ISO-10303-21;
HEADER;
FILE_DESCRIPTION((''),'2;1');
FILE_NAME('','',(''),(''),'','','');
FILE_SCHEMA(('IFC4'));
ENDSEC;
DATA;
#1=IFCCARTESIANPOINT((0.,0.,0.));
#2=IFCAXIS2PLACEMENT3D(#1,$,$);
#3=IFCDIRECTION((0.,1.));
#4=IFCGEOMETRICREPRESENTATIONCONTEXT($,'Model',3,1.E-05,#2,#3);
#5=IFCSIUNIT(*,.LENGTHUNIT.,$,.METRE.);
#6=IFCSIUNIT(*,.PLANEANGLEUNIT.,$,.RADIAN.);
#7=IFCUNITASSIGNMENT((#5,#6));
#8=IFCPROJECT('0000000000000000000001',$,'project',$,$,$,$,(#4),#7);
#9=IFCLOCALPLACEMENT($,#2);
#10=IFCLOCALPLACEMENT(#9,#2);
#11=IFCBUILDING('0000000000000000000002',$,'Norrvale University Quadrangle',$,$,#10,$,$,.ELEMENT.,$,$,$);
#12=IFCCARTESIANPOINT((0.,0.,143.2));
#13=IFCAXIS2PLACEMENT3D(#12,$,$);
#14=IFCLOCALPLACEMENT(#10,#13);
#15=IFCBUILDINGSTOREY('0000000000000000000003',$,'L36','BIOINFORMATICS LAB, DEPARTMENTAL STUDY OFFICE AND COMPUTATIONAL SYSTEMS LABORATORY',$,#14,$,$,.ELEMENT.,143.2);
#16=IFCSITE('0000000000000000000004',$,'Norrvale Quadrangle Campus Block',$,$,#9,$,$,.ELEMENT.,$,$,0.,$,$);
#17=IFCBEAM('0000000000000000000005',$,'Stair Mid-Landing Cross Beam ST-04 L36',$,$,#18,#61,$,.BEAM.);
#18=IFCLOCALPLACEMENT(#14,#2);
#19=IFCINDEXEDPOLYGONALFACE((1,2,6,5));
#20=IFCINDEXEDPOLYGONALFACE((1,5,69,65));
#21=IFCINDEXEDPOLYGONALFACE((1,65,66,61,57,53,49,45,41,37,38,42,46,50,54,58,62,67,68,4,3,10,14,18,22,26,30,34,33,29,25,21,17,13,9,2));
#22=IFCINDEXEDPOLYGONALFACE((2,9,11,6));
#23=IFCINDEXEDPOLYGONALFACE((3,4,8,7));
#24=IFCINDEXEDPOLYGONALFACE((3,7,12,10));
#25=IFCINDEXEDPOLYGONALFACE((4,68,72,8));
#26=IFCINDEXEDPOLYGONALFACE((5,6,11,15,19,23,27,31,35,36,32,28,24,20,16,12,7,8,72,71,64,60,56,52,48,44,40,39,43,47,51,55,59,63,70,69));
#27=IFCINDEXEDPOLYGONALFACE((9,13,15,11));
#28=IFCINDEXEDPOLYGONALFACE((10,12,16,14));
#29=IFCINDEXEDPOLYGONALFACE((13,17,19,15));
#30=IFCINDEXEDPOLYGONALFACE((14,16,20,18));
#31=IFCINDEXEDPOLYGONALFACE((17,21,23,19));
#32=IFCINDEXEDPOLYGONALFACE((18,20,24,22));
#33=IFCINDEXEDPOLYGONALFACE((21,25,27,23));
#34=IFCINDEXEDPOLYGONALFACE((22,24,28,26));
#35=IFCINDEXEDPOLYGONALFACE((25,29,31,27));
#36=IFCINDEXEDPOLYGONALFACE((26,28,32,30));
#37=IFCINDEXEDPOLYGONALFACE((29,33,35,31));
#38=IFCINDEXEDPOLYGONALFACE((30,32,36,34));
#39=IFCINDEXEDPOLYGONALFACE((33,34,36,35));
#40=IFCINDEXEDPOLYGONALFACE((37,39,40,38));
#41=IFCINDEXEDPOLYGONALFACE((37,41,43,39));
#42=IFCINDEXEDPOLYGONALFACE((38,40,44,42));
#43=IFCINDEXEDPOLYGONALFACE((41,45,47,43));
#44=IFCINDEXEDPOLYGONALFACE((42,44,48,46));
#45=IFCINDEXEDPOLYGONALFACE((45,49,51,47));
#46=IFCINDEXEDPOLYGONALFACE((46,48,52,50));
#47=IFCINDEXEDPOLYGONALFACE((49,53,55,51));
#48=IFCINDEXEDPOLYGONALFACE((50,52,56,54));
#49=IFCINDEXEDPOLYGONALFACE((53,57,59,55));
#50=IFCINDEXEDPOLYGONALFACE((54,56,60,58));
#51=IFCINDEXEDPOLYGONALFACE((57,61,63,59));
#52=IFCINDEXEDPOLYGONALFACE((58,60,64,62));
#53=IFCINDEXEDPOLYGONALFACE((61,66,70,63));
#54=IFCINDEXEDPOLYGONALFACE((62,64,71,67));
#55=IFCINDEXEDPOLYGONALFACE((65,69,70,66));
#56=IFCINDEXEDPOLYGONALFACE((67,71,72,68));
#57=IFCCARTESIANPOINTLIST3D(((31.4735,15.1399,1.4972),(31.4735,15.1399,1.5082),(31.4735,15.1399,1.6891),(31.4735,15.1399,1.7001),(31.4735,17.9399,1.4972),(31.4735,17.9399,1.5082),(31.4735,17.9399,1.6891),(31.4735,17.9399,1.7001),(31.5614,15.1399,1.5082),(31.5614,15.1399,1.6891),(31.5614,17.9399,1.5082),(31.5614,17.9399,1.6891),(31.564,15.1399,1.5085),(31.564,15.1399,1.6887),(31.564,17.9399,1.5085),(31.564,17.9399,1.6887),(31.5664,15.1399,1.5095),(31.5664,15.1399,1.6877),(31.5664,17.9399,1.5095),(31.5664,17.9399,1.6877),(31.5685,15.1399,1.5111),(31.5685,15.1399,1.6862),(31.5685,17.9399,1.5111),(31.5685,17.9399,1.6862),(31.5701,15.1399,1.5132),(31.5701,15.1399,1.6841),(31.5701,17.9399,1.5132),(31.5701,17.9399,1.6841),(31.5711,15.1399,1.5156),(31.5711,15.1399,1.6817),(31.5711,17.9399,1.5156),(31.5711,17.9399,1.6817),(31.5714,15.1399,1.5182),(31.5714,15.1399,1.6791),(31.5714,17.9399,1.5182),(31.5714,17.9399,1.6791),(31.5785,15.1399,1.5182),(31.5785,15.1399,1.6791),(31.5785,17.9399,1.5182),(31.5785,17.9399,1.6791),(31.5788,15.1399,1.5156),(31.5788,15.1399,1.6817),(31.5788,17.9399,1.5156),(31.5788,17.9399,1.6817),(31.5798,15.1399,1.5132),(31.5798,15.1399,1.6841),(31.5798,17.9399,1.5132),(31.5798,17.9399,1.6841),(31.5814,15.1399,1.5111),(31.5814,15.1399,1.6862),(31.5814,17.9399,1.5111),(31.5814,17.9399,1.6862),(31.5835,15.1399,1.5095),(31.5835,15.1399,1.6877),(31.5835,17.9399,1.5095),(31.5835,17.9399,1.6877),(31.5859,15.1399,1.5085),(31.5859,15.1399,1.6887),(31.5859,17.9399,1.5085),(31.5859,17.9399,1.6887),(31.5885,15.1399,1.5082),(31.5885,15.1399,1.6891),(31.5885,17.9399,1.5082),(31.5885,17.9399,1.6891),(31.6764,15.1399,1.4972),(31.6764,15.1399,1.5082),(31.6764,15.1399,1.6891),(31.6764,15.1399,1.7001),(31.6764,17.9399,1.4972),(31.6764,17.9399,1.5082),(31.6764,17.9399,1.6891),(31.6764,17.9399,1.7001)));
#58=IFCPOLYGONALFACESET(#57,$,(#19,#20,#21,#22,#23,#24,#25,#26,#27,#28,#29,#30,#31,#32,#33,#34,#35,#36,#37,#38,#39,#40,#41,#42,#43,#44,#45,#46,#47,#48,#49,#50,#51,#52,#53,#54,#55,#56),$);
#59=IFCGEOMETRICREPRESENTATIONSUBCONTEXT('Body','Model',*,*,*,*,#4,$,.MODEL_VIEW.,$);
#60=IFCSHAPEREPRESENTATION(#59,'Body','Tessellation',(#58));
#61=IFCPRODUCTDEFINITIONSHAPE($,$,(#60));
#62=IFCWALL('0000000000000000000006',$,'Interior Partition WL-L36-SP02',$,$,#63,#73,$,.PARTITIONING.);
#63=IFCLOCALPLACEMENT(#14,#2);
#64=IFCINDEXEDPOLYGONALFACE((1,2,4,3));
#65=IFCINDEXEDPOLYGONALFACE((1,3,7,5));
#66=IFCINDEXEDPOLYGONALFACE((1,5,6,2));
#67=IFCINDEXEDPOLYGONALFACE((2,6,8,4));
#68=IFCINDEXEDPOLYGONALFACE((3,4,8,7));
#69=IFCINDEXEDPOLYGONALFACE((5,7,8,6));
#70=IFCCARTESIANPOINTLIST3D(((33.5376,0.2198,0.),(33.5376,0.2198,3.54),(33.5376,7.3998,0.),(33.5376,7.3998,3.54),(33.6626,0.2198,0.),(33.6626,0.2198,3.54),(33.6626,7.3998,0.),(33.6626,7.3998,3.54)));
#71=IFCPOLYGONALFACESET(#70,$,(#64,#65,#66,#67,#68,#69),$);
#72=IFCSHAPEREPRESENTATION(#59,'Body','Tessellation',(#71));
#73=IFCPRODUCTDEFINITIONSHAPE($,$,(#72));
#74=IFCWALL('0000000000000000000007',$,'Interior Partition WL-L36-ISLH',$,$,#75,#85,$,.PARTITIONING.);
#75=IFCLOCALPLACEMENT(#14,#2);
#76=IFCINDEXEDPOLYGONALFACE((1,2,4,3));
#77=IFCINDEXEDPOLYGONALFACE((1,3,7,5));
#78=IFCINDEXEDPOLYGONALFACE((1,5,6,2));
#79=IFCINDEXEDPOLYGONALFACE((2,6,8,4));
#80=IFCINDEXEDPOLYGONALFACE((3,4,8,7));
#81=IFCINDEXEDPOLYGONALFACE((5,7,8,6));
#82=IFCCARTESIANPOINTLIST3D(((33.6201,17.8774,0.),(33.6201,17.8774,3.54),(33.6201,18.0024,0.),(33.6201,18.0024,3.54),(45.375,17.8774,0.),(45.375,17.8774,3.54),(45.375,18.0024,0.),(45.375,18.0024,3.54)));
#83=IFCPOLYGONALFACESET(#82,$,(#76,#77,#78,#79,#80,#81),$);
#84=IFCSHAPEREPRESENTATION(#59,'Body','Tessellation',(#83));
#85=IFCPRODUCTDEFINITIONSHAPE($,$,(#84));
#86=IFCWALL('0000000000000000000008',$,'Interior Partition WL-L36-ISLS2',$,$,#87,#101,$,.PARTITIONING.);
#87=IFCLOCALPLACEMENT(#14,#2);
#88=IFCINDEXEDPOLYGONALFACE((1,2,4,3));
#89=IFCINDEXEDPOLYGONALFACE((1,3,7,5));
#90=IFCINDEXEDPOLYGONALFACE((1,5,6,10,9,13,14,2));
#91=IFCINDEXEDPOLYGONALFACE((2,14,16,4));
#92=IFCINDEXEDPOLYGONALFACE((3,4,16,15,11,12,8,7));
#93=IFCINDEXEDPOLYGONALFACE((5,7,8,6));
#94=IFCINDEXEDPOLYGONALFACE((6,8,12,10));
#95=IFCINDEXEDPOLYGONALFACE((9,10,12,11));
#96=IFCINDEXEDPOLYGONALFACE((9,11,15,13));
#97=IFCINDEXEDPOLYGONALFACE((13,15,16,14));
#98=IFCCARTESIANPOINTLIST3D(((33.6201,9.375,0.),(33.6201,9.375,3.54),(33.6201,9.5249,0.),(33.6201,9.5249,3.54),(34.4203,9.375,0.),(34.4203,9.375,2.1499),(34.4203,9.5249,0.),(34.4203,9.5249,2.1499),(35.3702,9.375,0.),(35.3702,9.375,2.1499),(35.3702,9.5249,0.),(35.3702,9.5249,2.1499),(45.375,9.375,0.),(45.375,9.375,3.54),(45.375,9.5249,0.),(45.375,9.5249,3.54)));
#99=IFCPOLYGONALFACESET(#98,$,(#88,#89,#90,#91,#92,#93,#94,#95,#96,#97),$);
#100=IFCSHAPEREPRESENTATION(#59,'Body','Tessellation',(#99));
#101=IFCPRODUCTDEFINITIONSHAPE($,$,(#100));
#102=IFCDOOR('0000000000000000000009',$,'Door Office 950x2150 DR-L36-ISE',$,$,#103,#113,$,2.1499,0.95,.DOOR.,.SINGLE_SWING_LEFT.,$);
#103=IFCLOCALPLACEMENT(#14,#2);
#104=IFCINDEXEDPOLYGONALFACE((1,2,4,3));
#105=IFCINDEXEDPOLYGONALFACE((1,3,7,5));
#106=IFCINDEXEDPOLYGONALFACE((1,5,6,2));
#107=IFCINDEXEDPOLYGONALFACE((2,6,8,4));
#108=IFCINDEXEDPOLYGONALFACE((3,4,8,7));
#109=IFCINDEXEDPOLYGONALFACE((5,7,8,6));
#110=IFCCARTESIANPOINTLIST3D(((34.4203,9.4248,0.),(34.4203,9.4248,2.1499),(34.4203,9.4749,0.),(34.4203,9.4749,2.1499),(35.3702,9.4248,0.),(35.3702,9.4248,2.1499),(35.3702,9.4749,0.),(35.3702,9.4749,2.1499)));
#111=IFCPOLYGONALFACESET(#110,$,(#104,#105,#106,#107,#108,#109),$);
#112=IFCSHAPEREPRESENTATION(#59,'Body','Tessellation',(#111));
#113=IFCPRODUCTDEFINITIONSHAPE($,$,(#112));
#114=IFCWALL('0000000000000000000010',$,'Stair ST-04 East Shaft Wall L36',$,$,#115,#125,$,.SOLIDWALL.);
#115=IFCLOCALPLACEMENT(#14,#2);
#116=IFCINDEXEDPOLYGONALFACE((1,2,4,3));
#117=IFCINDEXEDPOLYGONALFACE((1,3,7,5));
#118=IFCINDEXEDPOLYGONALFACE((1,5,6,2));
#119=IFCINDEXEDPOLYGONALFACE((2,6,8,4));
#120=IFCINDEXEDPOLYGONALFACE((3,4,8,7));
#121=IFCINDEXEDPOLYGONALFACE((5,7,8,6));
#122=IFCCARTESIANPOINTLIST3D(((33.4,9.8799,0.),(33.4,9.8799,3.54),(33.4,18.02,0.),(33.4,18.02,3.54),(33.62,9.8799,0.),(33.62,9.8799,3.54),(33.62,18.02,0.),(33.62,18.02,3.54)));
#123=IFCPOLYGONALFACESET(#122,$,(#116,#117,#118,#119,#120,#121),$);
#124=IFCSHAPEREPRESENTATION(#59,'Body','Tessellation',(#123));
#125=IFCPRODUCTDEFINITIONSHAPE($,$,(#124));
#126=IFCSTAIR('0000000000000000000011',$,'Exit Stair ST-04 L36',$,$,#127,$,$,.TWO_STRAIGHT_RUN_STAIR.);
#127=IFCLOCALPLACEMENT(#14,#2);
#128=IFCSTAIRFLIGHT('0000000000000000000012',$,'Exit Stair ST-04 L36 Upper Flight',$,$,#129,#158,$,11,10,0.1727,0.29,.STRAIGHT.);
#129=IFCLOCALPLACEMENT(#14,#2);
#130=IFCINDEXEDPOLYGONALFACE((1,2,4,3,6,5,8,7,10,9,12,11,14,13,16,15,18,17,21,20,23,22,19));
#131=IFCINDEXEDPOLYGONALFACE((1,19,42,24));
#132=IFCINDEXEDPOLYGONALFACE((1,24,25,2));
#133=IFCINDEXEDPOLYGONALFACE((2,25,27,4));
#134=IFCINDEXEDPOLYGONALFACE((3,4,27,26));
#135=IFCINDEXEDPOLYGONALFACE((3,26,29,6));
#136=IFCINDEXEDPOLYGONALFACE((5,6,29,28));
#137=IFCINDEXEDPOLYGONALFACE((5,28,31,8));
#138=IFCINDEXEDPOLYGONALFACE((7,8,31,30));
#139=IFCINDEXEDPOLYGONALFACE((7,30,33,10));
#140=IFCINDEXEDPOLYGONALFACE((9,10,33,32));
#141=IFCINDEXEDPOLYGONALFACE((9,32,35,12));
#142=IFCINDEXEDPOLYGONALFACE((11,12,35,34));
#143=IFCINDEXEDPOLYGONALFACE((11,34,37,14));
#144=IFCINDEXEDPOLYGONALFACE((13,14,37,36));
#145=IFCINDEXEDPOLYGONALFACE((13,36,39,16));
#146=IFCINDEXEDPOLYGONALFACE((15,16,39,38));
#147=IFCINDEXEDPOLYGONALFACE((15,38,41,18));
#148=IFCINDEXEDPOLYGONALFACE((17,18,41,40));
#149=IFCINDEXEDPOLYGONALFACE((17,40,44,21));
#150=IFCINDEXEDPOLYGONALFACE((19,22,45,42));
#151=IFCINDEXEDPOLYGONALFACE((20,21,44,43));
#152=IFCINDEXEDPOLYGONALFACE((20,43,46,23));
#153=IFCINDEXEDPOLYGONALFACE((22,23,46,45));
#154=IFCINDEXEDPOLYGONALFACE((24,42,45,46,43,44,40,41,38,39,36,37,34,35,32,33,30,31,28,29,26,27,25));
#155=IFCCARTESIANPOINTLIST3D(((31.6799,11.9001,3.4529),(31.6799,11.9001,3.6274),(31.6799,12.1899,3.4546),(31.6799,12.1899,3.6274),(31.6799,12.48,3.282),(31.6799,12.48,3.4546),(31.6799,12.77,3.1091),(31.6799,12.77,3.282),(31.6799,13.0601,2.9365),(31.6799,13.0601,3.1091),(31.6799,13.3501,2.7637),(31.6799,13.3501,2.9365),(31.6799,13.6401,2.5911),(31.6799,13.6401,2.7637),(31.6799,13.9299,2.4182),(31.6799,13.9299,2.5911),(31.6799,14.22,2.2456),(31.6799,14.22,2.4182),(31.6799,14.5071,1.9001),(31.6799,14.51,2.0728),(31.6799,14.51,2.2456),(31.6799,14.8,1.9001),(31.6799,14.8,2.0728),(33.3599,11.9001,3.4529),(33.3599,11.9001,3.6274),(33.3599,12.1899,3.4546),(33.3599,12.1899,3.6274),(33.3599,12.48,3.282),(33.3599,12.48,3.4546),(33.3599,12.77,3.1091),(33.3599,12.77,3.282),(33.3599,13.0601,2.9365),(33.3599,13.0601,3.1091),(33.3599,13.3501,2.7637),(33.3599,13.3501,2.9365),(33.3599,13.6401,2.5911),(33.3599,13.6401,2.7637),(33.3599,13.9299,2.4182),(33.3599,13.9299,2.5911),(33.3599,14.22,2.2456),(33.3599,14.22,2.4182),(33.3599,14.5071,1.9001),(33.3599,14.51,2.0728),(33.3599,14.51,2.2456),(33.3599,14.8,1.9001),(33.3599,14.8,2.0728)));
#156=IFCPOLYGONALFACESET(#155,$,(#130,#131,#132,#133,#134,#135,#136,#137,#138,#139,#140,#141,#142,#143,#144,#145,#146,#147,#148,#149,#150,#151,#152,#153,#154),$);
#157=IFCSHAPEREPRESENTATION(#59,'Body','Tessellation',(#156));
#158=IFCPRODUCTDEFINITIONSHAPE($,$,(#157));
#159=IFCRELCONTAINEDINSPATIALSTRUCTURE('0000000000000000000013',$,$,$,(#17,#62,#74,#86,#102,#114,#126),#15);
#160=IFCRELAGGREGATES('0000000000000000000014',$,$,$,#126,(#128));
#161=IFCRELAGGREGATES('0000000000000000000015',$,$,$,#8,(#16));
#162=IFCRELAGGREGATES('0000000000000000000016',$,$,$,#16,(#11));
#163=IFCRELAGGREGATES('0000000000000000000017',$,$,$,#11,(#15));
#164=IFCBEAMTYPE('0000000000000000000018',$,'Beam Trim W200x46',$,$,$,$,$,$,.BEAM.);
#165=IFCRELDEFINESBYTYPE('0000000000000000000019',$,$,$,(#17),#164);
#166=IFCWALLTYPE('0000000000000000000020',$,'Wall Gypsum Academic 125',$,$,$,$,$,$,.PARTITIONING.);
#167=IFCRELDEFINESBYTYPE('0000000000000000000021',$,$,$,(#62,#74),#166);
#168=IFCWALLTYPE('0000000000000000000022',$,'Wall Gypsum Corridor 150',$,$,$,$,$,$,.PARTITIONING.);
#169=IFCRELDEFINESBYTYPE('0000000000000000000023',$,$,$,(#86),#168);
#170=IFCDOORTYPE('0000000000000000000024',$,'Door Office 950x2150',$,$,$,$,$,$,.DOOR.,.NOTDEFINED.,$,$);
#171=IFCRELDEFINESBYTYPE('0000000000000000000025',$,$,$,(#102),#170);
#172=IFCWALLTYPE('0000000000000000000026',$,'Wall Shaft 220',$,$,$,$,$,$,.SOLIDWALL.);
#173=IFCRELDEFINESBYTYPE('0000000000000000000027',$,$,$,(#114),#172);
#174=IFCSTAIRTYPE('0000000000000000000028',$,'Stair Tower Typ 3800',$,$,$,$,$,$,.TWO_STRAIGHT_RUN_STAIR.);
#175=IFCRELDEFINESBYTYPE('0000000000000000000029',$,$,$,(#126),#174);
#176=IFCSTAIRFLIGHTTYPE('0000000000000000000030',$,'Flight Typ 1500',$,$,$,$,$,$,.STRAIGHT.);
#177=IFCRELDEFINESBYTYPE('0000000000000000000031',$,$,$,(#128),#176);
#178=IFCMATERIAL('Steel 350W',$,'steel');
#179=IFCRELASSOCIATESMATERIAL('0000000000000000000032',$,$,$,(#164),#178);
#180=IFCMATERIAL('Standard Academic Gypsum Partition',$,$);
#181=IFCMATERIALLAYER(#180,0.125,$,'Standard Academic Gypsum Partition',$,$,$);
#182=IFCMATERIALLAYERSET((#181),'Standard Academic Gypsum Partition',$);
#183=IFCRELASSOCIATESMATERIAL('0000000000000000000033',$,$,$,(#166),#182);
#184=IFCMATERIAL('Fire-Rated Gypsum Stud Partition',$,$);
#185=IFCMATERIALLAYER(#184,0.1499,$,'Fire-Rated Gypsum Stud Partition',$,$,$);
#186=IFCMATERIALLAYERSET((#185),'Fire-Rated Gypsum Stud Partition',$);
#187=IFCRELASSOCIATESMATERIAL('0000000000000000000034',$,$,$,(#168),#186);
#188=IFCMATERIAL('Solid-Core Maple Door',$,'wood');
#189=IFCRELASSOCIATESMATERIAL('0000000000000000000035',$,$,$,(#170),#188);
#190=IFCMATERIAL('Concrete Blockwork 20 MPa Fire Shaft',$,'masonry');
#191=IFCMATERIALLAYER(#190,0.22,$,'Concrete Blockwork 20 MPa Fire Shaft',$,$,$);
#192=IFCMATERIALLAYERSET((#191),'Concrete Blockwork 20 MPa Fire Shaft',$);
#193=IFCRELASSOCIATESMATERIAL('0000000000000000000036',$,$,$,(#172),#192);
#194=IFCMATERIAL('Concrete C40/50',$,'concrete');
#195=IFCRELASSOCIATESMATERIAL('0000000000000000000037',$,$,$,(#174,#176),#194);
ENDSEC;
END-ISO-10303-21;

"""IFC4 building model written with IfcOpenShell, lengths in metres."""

from ifc_helpers import new_model, si_unit, direction, frame, frame_2d, origin, origin_2d, place, context, subcontext, project, spatial, polyline, rectangle, i_section, outline, extrude, material, layer, layer_set, material_profile, profile_set, type_object, element, fill, aggregate, save


model = new_model("IFC4")

# Units and contexts
model_context = context("Model", 3, precision=1e-05, world=origin(), true_north=direction((0.0, 1.0)))
body_context = subcontext(model_context, "Body", "Model", "MODEL_VIEW")
ifc_project = project(units=[si_unit("LENGTHUNIT", "METRE"), si_unit("PLANEANGLEUNIT", "RADIAN")], contexts=[model_context])

# Site, building, storey
site_placement = place(None, origin())
site = spatial("IfcSite", under=ifc_project, at=site_placement, Name="Norrvale Quadrangle Campus Block", CompositionType="ELEMENT", RefElevation=0.0)
building_placement = place(site_placement, origin())
building = spatial("IfcBuilding", under=site, at=building_placement, Name="Norrvale University Quadrangle", CompositionType="ELEMENT")
storey_placement = place(building_placement, frame((0.0, 0.0, 143.2)))
storey = spatial("IfcBuildingStorey", under=building, at=storey_placement, Name="L36", Description="BIOINFORMATICS LAB, DEPARTMENTAL STUDY OFFICE AND COMPUTATIONAL SYSTEMS LABORATORY", CompositionType="ELEMENT", Elevation=143.2)

# Beam
ifc_material_1 = material(Name="Steel 350W", Category="steel")
ifc_material_profile_1 = material_profile(ifc_material_1, i_section(OverallWidth=0.2029, OverallDepth=0.2029, WebThickness=0.0071, FlangeThickness=0.011, FilletRadius=0.01, at=origin_2d()), Name="Steel 350W")
ifc_profile_set_1 = profile_set([ifc_material_profile_1], Name="Steel 350W")
beam_type_1 = type_object("IfcBeamType", Name="Beam Trim W200x46", PredefinedType="BEAM", material=ifc_profile_set_1)
beam_1_placement = place(storey_placement, frame((31.575, 15.1399, 1.5986), z_axis=(0.0, 1.0, 0.0), x_axis=(-1.0, 0.0, 0.0)))
element("IfcBeam", 1, at=beam_1_placement, inside=storey, type_object=beam_type_1, Name="Stair Mid-Landing Cross Beam ST-04 L36", PredefinedType="BEAM", context=body_context, shape_type="SweptSolid", body=[
    extrude(i_section(OverallWidth=0.2029, OverallDepth=0.2029, WebThickness=0.0071, FlangeThickness=0.011, FilletRadius=0.01, at=origin_2d()), origin(), (0.0, 0.0, 1.0), 2.8),
])

# Walls
ifc_material_2 = material(Name="Standard Academic Gypsum Partition")
ifc_layer_1 = layer(ifc_material_2, 0.125, Name="Standard Academic Gypsum Partition")
ifc_layer_set_1 = layer_set([ifc_layer_1], Name="Standard Academic Gypsum Partition")
wall_type_1 = type_object("IfcWallType", Name="Wall Gypsum Academic 125", PredefinedType="PARTITIONING", material=ifc_layer_set_1)
wall_1_placement = place(storey_placement, frame((33.6001, 0.22, 0.0), z_axis=(0.0, 0.0, 1.0), x_axis=(0.0, 1.0, 0.0)))
element("IfcWall", 2, at=wall_1_placement, inside=storey, type_object=wall_type_1, Name="Interior Partition WL-L36-SP02", PredefinedType="PARTITIONING", context=body_context, shape_type="SweptSolid", body=[
    extrude(rectangle(XDim=7.1799, YDim=0.125, at=frame_2d((3.5898, 0.0))), origin(), (0.0, 0.0, 1.0), 3.54),
])
wall_2_placement = place(storey_placement, frame((33.6201, 17.9399, 0.0), z_axis=(0.0, 0.0, 1.0), x_axis=(1.0, 0.0, 0.0)))
element("IfcWall", 3, at=wall_2_placement, inside=storey, type_object=wall_type_1, Name="Interior Partition WL-L36-ISLH", PredefinedType="PARTITIONING", context=body_context, shape_type="SweptSolid", body=[
    extrude(rectangle(XDim=11.7549, YDim=0.125, at=frame_2d((5.8774, 0.0))), origin(), (0.0, 0.0, 1.0), 3.54),
])

# Wall, opening, door
ifc_material_3 = material(Name="Fire-Rated Gypsum Stud Partition")
ifc_layer_2 = layer(ifc_material_3, 0.1499, Name="Fire-Rated Gypsum Stud Partition")
ifc_layer_set_2 = layer_set([ifc_layer_2], Name="Fire-Rated Gypsum Stud Partition")
wall_type_2 = type_object("IfcWallType", Name="Wall Gypsum Corridor 150", PredefinedType="PARTITIONING", material=ifc_layer_set_2)
wall_3_placement = place(storey_placement, frame((33.6201, 9.45, 0.0), z_axis=(0.0, 0.0, 1.0), x_axis=(1.0, 0.0, 0.0)))
wall_3 = element("IfcWall", 4, at=wall_3_placement, inside=storey, type_object=wall_type_2, Name="Interior Partition WL-L36-ISLS2", PredefinedType="PARTITIONING", context=body_context, shape_type="SweptSolid", body=[
    extrude(rectangle(XDim=11.7549, YDim=0.1499, at=frame_2d((5.8774, 0.0))), origin(), (0.0, 0.0, 1.0), 3.54),
])
opening_placement = place(wall_3_placement, frame((0.8, 0.0, 0.0)))
opening = element("IfcOpeningElement", 5, at=opening_placement, cuts=wall_3, PredefinedType="OPENING", context=body_context, shape_type="SweptSolid", body=[
    extrude(rectangle(XDim=0.95, YDim=2.1499, at=frame_2d((0.4751, 1.075))), frame((0.0, 0.0869, 0.0), z_axis=(0.0, -1.0, 0.0), x_axis=(1.0, 0.0, 0.0)), (0.0, 0.0, 1.0), 0.1738),
])
ifc_material_4 = material(Name="Solid-Core Maple Door", Category="wood")
door_type = type_object("IfcDoorType", Name="Door Office 950x2150", OperationType="NOTDEFINED", PredefinedType="DOOR", material=ifc_material_4)
door_placement = place(opening_placement, origin())
door = element("IfcDoor", 6, at=door_placement, inside=storey, type_object=door_type, Name="Door Office 950x2150 DR-L36-ISE", OperationType="SINGLE_SWING_LEFT", OverallHeight=2.1499, OverallWidth=0.95, PredefinedType="DOOR", context=body_context, shape_type="SweptSolid", body=[
    extrude(rectangle(XDim=0.95, YDim=2.1499, at=frame_2d((0.4751, 1.075))), frame((0.0, 0.0249, 0.0), z_axis=(0.0, -1.0, 0.0), x_axis=(1.0, 0.0, 0.0)), (0.0, 0.0, 1.0), 0.05),
])
fill(opening, door)

# Wall
ifc_material_5 = material(Name="Concrete Blockwork 20 MPa Fire Shaft", Category="masonry")
ifc_layer_3 = layer(ifc_material_5, 0.22, Name="Concrete Blockwork 20 MPa Fire Shaft")
ifc_layer_set_3 = layer_set([ifc_layer_3], Name="Concrete Blockwork 20 MPa Fire Shaft")
wall_type_3 = type_object("IfcWallType", Name="Wall Shaft 220", PredefinedType="SOLIDWALL", material=ifc_layer_set_3)
wall_4_placement = place(storey_placement, frame((33.51, 9.8799, 0.0), z_axis=(0.0, 0.0, 1.0), x_axis=(0.0, 1.0, 0.0)))
element("IfcWall", 7, at=wall_4_placement, inside=storey, type_object=wall_type_3, Name="Stair ST-04 East Shaft Wall L36", PredefinedType="SOLIDWALL", context=body_context, shape_type="SweptSolid", body=[
    extrude(rectangle(XDim=8.1401, YDim=0.22, at=frame_2d((4.0701, 0.0))), origin(), (0.0, 0.0, 1.0), 3.54),
])

# Stair, stair flight
ifc_material_6 = material(Name="Concrete C40/50", Category="concrete")
stair_type = type_object("IfcStairType", Name="Stair Tower Typ 3800", PredefinedType="TWO_STRAIGHT_RUN_STAIR", material=ifc_material_6)
stair_placement = place(storey_placement, origin())
stair = element("IfcStair", 8, at=stair_placement, inside=storey, type_object=stair_type, Name="Exit Stair ST-04 L36", PredefinedType="TWO_STRAIGHT_RUN_STAIR")
stair_flight_type = type_object("IfcStairFlightType", Name="Flight Typ 1500", PredefinedType="STRAIGHT", material=ifc_material_6)
stair_flight_placement = place(storey_placement, frame((32.52, 14.8, 1.9001), z_axis=(0.0, 0.0, 1.0), x_axis=(0.0, -1.0, 0.0)))
stair_flight = element("IfcStairFlight", 9, at=stair_flight_placement, type_object=stair_flight_type, Name="Exit Stair ST-04 L36 Upper Flight", NumberOfRisers=11, NumberOfTreads=10, PredefinedType="STRAIGHT", RiserHeight=0.1727, TreadLength=0.29, context=body_context, shape_type="SweptSolid", body=[
    extrude(outline(polyline([(0.0, 0.0), (0.0, 0.1726), (0.29, 0.1726), (0.29, 0.3455), (0.5801, 0.3455), (0.5801, 0.5181), (0.8701, 0.5181), (0.8701, 0.6909), (1.1599, 0.6909), (1.1599, 0.8635), (1.45, 0.8635), (1.45, 1.0364), (1.74, 1.0364), (1.74, 1.209), (2.03, 1.209), (2.03, 1.3818), (2.3201, 1.3818), (2.3201, 1.5544), (2.6101, 1.5544), (2.6101, 1.7273), (2.8999, 1.7273), (2.8999, 1.8999), (2.8999, 1.5527), (0.293, 0.0), (0.0, 0.0)])), frame((0.0, 0.8398, 0.0), z_axis=(0.0, -1.0, 0.0), x_axis=(1.0, 0.0, 0.0)), (0.0, 0.0, 1.0), 1.6799),
])
aggregate(stair, [stair_flight])

save(model, "model.ifc")
